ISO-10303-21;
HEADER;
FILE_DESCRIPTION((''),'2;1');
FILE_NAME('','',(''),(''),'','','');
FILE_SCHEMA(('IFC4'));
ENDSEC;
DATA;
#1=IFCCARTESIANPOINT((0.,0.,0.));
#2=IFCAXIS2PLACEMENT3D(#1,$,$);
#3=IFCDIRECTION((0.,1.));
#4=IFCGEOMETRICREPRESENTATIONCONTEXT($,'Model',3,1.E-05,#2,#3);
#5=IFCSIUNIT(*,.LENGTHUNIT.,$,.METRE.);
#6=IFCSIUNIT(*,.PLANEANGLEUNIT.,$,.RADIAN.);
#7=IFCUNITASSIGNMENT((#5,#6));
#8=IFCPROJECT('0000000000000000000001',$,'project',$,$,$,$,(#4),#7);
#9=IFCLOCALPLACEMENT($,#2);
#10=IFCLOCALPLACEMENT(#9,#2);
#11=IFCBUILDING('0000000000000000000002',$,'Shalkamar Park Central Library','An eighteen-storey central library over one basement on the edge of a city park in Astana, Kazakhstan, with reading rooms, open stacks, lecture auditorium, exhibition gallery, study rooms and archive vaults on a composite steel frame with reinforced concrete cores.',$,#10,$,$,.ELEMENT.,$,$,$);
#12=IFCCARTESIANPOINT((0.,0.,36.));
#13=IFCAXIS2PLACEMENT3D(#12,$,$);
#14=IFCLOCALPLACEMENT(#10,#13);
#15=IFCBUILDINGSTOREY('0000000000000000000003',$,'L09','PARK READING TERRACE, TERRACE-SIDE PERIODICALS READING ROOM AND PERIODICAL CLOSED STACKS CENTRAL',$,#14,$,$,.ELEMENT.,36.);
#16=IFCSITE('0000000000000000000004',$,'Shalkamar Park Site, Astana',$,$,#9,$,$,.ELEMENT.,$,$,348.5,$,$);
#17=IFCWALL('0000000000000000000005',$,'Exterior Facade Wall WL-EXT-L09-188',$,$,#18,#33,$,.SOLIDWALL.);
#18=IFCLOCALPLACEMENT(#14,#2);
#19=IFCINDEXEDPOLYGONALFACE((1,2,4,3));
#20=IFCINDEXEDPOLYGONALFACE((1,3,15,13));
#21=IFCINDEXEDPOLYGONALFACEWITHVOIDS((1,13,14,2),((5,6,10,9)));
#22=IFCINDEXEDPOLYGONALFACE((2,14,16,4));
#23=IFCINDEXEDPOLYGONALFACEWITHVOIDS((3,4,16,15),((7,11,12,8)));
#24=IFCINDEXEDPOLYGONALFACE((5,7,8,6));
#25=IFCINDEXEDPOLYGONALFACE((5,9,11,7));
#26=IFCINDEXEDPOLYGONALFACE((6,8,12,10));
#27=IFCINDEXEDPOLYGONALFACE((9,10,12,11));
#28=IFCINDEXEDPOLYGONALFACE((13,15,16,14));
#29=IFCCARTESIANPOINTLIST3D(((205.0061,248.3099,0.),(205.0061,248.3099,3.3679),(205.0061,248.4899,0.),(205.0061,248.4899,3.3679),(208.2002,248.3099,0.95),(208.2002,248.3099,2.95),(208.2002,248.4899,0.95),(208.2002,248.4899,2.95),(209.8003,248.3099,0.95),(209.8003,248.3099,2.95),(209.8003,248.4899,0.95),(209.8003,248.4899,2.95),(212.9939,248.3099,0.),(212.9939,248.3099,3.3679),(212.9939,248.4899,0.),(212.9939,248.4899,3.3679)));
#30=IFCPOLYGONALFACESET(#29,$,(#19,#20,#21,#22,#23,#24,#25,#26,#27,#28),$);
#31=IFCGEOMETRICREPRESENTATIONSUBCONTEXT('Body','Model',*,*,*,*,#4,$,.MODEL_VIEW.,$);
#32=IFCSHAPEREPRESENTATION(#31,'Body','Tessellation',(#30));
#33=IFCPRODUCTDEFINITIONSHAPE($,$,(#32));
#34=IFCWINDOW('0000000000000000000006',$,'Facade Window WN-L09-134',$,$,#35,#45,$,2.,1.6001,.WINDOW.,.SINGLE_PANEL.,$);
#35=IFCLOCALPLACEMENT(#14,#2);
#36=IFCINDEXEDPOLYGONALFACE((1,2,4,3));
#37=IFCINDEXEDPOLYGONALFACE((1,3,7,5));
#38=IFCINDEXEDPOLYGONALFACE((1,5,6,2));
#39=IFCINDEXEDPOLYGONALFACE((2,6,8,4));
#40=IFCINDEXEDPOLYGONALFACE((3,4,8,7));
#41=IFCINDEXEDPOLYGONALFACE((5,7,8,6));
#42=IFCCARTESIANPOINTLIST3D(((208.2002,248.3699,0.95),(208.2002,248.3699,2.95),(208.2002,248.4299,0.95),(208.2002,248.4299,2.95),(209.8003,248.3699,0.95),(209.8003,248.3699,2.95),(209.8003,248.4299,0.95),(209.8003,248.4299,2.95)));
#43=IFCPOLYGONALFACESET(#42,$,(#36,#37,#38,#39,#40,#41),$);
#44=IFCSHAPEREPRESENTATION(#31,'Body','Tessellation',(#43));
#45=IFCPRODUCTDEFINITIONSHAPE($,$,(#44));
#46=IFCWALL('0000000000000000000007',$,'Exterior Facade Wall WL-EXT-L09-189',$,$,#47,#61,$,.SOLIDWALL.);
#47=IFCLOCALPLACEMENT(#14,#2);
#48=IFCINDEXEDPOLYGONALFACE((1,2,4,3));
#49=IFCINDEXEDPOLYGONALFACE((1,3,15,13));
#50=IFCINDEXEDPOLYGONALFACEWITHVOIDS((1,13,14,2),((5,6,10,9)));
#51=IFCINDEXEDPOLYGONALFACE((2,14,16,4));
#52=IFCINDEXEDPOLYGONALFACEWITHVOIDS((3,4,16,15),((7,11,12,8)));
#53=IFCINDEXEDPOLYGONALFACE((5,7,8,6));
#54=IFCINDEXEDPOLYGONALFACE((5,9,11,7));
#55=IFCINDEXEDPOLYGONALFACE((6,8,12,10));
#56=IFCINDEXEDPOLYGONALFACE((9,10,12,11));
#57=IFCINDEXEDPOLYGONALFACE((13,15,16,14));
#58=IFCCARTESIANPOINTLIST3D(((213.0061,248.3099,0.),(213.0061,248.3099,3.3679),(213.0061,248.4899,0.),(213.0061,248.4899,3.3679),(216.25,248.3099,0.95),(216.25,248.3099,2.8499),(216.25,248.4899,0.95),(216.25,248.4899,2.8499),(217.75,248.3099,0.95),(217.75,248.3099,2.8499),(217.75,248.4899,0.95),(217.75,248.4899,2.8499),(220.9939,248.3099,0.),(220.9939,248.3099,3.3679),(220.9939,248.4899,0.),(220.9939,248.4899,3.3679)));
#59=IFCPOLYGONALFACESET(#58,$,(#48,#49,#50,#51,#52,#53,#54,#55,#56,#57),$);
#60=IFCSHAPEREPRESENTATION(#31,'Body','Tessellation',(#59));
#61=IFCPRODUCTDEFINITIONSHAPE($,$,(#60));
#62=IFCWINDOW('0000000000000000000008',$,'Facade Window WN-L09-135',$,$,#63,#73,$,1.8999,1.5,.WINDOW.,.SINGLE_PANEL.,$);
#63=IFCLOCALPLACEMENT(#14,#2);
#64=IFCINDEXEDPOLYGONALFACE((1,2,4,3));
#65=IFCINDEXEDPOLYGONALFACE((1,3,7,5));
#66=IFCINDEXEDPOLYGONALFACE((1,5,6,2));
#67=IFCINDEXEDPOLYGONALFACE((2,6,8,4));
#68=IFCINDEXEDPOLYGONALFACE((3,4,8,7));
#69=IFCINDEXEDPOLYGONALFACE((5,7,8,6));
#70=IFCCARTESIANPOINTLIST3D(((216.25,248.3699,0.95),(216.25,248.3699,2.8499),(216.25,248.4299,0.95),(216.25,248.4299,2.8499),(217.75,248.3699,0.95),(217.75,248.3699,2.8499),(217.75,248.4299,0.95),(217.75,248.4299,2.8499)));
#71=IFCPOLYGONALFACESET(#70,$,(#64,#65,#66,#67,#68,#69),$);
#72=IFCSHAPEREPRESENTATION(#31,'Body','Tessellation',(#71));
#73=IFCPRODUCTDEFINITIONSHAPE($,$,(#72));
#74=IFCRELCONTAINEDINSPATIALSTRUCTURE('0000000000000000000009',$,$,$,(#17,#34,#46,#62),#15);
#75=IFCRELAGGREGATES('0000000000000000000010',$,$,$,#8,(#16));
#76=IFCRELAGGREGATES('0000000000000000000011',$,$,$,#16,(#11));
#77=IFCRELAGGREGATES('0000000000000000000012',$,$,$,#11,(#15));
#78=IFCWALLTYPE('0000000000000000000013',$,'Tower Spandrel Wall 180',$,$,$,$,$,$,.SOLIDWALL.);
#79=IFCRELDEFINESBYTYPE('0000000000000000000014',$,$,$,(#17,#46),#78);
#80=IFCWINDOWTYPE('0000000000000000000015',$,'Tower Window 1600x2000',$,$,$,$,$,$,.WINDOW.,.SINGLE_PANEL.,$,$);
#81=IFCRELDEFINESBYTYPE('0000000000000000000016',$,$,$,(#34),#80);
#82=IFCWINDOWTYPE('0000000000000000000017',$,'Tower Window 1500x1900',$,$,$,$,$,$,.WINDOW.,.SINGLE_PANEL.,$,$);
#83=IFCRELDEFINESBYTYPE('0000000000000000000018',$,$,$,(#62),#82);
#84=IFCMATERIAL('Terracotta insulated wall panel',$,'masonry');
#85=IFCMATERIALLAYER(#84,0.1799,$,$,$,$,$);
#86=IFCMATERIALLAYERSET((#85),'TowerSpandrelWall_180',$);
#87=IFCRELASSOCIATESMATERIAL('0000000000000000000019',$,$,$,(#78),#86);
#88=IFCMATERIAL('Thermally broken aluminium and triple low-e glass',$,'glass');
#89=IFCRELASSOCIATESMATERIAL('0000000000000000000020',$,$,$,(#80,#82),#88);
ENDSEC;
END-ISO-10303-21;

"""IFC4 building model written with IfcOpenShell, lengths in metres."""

from ifc_helpers import new_model, si_unit, direction, frame, frame_2d, origin, place, context, subcontext, project, spatial, rectangle, extrude, material, layer, layer_set, type_object, element, fill, save


model = new_model("IFC4")

# Units and contexts
model_context = context("Model", 3, precision=1e-05, world=origin(), true_north=direction((0.0, 1.0)))
body_context = subcontext(model_context, "Body", "Model", "MODEL_VIEW")
ifc_project = project(units=[si_unit("LENGTHUNIT", "METRE"), si_unit("PLANEANGLEUNIT", "RADIAN")], contexts=[model_context])

# Site, building, storey
site_placement = place(None, origin())
site = spatial("IfcSite", under=ifc_project, at=site_placement, Name="Shalkamar Park Site, Astana", CompositionType="ELEMENT", RefElevation=348.5)
building_placement = place(site_placement, origin())
building = spatial("IfcBuilding", under=site, at=building_placement, Name="Shalkamar Park Central Library", Description="An eighteen-storey central library over one basement on the edge of a city park in Astana, Kazakhstan, with reading rooms, open stacks, lecture auditorium, exhibition gallery, study rooms and archive vaults on a composite steel frame with reinforced concrete cores.", CompositionType="ELEMENT")
storey_placement = place(building_placement, frame((0.0, 0.0, 36.0)))
storey = spatial("IfcBuildingStorey", under=building, at=storey_placement, Name="L09", Description="PARK READING TERRACE, TERRACE-SIDE PERIODICALS READING ROOM AND PERIODICAL CLOSED STACKS CENTRAL", CompositionType="ELEMENT", Elevation=36.0)

# Shared definitions
ifc_material_1 = material(Name="Terracotta insulated wall panel", Category="masonry")
ifc_layer_1 = layer(ifc_material_1, 0.1799)
ifc_layer_set_1 = layer_set([ifc_layer_1], Name="TowerSpandrelWall_180")
wall_type_1 = type_object("IfcWallType", Name="Tower Spandrel Wall 180", PredefinedType="SOLIDWALL", material=ifc_layer_set_1)
ifc_material_2 = material(Name="Thermally broken aluminium and triple low-e glass", Category="glass")

# Walls, openings, windows
wall_1_placement = place(storey_placement, frame((205.0061, 248.3999, 0.0), z_axis=(0.0, 0.0, 1.0), x_axis=(1.0, 0.0, 0.0)))
wall_1 = element("IfcWall", 1, at=wall_1_placement, inside=storey, type_object=wall_type_1, Name="Exterior Facade Wall WL-EXT-L09-188", PredefinedType="SOLIDWALL", context=body_context, shape_type="SweptSolid", body=[
    extrude(rectangle(XDim=7.9878, YDim=0.1799, at=frame_2d((3.9939, 0.0))), origin(), (0.0, 0.0, 1.0), 3.3679),
])
opening_1_placement = place(wall_1_placement, frame((3.1941, 0.0, 0.95)))
opening_1 = element("IfcOpeningElement", 2, at=opening_1_placement, cuts=wall_1, PredefinedType="OPENING", context=body_context, shape_type="SweptSolid", body=[
    extrude(rectangle(XDim=1.6001, YDim=2.0, at=frame_2d((0.8, 1.0))), frame((0.0, 0.105, 0.0), z_axis=(0.0, -1.0, 0.0), x_axis=(1.0, 0.0, 0.0)), (0.0, 0.0, 1.0), 0.2097),
])
window_type_1 = type_object("IfcWindowType", Name="Tower Window 1600x2000", PartitioningType="SINGLE_PANEL", PredefinedType="WINDOW", material=ifc_material_2)
window_1_placement = place(opening_1_placement, origin())
window_1 = element("IfcWindow", 3, at=window_1_placement, inside=storey, type_object=window_type_1, Name="Facade Window WN-L09-134", OverallHeight=2.0, OverallWidth=1.6001, PartitioningType="SINGLE_PANEL", PredefinedType="WINDOW", context=body_context, shape_type="SweptSolid", body=[
    extrude(rectangle(XDim=1.6001, YDim=2.0, at=frame_2d((0.8, 1.0))), frame((0.0, 0.03, 0.0), z_axis=(0.0, -1.0, 0.0), x_axis=(1.0, 0.0, 0.0)), (0.0, 0.0, 1.0), 0.0601),
])
fill(opening_1, window_1)
wall_2_placement = place(storey_placement, frame((213.0061, 248.3999, 0.0), z_axis=(0.0, 0.0, 1.0), x_axis=(1.0, 0.0, 0.0)))
wall_2 = element("IfcWall", 4, at=wall_2_placement, inside=storey, type_object=wall_type_1, Name="Exterior Facade Wall WL-EXT-L09-189", PredefinedType="SOLIDWALL", context=body_context, shape_type="SweptSolid", body=[
    extrude(rectangle(XDim=7.9878, YDim=0.1799, at=frame_2d((3.9939, 0.0))), origin(), (0.0, 0.0, 1.0), 3.3679),
])
opening_2_placement = place(wall_2_placement, frame((3.2439, 0.0, 0.95)))
opening_2 = element("IfcOpeningElement", 5, at=opening_2_placement, cuts=wall_2, PredefinedType="OPENING", context=body_context, shape_type="SweptSolid", body=[
    extrude(rectangle(XDim=1.5, YDim=1.8999, at=frame_2d((0.75, 0.95))), frame((0.0, 0.105, 0.0), z_axis=(0.0, -1.0, 0.0), x_axis=(1.0, 0.0, 0.0)), (0.0, 0.0, 1.0), 0.2097),
])
window_type_2 = type_object("IfcWindowType", Name="Tower Window 1500x1900", PartitioningType="SINGLE_PANEL", PredefinedType="WINDOW", material=ifc_material_2)
window_2_placement = place(opening_2_placement, origin())
window_2 = element("IfcWindow", 6, at=window_2_placement, inside=storey, type_object=window_type_2, Name="Facade Window WN-L09-135", OverallHeight=1.8999, OverallWidth=1.5, PartitioningType="SINGLE_PANEL", PredefinedType="WINDOW", context=body_context, shape_type="SweptSolid", body=[
    extrude(rectangle(XDim=1.5, YDim=1.8999, at=frame_2d((0.75, 0.95))), frame((0.0, 0.03, 0.0), z_axis=(0.0, -1.0, 0.0), x_axis=(1.0, 0.0, 0.0)), (0.0, 0.0, 1.0), 0.0601),
])
fill(opening_2, window_2)

save(model, "model.ifc")
